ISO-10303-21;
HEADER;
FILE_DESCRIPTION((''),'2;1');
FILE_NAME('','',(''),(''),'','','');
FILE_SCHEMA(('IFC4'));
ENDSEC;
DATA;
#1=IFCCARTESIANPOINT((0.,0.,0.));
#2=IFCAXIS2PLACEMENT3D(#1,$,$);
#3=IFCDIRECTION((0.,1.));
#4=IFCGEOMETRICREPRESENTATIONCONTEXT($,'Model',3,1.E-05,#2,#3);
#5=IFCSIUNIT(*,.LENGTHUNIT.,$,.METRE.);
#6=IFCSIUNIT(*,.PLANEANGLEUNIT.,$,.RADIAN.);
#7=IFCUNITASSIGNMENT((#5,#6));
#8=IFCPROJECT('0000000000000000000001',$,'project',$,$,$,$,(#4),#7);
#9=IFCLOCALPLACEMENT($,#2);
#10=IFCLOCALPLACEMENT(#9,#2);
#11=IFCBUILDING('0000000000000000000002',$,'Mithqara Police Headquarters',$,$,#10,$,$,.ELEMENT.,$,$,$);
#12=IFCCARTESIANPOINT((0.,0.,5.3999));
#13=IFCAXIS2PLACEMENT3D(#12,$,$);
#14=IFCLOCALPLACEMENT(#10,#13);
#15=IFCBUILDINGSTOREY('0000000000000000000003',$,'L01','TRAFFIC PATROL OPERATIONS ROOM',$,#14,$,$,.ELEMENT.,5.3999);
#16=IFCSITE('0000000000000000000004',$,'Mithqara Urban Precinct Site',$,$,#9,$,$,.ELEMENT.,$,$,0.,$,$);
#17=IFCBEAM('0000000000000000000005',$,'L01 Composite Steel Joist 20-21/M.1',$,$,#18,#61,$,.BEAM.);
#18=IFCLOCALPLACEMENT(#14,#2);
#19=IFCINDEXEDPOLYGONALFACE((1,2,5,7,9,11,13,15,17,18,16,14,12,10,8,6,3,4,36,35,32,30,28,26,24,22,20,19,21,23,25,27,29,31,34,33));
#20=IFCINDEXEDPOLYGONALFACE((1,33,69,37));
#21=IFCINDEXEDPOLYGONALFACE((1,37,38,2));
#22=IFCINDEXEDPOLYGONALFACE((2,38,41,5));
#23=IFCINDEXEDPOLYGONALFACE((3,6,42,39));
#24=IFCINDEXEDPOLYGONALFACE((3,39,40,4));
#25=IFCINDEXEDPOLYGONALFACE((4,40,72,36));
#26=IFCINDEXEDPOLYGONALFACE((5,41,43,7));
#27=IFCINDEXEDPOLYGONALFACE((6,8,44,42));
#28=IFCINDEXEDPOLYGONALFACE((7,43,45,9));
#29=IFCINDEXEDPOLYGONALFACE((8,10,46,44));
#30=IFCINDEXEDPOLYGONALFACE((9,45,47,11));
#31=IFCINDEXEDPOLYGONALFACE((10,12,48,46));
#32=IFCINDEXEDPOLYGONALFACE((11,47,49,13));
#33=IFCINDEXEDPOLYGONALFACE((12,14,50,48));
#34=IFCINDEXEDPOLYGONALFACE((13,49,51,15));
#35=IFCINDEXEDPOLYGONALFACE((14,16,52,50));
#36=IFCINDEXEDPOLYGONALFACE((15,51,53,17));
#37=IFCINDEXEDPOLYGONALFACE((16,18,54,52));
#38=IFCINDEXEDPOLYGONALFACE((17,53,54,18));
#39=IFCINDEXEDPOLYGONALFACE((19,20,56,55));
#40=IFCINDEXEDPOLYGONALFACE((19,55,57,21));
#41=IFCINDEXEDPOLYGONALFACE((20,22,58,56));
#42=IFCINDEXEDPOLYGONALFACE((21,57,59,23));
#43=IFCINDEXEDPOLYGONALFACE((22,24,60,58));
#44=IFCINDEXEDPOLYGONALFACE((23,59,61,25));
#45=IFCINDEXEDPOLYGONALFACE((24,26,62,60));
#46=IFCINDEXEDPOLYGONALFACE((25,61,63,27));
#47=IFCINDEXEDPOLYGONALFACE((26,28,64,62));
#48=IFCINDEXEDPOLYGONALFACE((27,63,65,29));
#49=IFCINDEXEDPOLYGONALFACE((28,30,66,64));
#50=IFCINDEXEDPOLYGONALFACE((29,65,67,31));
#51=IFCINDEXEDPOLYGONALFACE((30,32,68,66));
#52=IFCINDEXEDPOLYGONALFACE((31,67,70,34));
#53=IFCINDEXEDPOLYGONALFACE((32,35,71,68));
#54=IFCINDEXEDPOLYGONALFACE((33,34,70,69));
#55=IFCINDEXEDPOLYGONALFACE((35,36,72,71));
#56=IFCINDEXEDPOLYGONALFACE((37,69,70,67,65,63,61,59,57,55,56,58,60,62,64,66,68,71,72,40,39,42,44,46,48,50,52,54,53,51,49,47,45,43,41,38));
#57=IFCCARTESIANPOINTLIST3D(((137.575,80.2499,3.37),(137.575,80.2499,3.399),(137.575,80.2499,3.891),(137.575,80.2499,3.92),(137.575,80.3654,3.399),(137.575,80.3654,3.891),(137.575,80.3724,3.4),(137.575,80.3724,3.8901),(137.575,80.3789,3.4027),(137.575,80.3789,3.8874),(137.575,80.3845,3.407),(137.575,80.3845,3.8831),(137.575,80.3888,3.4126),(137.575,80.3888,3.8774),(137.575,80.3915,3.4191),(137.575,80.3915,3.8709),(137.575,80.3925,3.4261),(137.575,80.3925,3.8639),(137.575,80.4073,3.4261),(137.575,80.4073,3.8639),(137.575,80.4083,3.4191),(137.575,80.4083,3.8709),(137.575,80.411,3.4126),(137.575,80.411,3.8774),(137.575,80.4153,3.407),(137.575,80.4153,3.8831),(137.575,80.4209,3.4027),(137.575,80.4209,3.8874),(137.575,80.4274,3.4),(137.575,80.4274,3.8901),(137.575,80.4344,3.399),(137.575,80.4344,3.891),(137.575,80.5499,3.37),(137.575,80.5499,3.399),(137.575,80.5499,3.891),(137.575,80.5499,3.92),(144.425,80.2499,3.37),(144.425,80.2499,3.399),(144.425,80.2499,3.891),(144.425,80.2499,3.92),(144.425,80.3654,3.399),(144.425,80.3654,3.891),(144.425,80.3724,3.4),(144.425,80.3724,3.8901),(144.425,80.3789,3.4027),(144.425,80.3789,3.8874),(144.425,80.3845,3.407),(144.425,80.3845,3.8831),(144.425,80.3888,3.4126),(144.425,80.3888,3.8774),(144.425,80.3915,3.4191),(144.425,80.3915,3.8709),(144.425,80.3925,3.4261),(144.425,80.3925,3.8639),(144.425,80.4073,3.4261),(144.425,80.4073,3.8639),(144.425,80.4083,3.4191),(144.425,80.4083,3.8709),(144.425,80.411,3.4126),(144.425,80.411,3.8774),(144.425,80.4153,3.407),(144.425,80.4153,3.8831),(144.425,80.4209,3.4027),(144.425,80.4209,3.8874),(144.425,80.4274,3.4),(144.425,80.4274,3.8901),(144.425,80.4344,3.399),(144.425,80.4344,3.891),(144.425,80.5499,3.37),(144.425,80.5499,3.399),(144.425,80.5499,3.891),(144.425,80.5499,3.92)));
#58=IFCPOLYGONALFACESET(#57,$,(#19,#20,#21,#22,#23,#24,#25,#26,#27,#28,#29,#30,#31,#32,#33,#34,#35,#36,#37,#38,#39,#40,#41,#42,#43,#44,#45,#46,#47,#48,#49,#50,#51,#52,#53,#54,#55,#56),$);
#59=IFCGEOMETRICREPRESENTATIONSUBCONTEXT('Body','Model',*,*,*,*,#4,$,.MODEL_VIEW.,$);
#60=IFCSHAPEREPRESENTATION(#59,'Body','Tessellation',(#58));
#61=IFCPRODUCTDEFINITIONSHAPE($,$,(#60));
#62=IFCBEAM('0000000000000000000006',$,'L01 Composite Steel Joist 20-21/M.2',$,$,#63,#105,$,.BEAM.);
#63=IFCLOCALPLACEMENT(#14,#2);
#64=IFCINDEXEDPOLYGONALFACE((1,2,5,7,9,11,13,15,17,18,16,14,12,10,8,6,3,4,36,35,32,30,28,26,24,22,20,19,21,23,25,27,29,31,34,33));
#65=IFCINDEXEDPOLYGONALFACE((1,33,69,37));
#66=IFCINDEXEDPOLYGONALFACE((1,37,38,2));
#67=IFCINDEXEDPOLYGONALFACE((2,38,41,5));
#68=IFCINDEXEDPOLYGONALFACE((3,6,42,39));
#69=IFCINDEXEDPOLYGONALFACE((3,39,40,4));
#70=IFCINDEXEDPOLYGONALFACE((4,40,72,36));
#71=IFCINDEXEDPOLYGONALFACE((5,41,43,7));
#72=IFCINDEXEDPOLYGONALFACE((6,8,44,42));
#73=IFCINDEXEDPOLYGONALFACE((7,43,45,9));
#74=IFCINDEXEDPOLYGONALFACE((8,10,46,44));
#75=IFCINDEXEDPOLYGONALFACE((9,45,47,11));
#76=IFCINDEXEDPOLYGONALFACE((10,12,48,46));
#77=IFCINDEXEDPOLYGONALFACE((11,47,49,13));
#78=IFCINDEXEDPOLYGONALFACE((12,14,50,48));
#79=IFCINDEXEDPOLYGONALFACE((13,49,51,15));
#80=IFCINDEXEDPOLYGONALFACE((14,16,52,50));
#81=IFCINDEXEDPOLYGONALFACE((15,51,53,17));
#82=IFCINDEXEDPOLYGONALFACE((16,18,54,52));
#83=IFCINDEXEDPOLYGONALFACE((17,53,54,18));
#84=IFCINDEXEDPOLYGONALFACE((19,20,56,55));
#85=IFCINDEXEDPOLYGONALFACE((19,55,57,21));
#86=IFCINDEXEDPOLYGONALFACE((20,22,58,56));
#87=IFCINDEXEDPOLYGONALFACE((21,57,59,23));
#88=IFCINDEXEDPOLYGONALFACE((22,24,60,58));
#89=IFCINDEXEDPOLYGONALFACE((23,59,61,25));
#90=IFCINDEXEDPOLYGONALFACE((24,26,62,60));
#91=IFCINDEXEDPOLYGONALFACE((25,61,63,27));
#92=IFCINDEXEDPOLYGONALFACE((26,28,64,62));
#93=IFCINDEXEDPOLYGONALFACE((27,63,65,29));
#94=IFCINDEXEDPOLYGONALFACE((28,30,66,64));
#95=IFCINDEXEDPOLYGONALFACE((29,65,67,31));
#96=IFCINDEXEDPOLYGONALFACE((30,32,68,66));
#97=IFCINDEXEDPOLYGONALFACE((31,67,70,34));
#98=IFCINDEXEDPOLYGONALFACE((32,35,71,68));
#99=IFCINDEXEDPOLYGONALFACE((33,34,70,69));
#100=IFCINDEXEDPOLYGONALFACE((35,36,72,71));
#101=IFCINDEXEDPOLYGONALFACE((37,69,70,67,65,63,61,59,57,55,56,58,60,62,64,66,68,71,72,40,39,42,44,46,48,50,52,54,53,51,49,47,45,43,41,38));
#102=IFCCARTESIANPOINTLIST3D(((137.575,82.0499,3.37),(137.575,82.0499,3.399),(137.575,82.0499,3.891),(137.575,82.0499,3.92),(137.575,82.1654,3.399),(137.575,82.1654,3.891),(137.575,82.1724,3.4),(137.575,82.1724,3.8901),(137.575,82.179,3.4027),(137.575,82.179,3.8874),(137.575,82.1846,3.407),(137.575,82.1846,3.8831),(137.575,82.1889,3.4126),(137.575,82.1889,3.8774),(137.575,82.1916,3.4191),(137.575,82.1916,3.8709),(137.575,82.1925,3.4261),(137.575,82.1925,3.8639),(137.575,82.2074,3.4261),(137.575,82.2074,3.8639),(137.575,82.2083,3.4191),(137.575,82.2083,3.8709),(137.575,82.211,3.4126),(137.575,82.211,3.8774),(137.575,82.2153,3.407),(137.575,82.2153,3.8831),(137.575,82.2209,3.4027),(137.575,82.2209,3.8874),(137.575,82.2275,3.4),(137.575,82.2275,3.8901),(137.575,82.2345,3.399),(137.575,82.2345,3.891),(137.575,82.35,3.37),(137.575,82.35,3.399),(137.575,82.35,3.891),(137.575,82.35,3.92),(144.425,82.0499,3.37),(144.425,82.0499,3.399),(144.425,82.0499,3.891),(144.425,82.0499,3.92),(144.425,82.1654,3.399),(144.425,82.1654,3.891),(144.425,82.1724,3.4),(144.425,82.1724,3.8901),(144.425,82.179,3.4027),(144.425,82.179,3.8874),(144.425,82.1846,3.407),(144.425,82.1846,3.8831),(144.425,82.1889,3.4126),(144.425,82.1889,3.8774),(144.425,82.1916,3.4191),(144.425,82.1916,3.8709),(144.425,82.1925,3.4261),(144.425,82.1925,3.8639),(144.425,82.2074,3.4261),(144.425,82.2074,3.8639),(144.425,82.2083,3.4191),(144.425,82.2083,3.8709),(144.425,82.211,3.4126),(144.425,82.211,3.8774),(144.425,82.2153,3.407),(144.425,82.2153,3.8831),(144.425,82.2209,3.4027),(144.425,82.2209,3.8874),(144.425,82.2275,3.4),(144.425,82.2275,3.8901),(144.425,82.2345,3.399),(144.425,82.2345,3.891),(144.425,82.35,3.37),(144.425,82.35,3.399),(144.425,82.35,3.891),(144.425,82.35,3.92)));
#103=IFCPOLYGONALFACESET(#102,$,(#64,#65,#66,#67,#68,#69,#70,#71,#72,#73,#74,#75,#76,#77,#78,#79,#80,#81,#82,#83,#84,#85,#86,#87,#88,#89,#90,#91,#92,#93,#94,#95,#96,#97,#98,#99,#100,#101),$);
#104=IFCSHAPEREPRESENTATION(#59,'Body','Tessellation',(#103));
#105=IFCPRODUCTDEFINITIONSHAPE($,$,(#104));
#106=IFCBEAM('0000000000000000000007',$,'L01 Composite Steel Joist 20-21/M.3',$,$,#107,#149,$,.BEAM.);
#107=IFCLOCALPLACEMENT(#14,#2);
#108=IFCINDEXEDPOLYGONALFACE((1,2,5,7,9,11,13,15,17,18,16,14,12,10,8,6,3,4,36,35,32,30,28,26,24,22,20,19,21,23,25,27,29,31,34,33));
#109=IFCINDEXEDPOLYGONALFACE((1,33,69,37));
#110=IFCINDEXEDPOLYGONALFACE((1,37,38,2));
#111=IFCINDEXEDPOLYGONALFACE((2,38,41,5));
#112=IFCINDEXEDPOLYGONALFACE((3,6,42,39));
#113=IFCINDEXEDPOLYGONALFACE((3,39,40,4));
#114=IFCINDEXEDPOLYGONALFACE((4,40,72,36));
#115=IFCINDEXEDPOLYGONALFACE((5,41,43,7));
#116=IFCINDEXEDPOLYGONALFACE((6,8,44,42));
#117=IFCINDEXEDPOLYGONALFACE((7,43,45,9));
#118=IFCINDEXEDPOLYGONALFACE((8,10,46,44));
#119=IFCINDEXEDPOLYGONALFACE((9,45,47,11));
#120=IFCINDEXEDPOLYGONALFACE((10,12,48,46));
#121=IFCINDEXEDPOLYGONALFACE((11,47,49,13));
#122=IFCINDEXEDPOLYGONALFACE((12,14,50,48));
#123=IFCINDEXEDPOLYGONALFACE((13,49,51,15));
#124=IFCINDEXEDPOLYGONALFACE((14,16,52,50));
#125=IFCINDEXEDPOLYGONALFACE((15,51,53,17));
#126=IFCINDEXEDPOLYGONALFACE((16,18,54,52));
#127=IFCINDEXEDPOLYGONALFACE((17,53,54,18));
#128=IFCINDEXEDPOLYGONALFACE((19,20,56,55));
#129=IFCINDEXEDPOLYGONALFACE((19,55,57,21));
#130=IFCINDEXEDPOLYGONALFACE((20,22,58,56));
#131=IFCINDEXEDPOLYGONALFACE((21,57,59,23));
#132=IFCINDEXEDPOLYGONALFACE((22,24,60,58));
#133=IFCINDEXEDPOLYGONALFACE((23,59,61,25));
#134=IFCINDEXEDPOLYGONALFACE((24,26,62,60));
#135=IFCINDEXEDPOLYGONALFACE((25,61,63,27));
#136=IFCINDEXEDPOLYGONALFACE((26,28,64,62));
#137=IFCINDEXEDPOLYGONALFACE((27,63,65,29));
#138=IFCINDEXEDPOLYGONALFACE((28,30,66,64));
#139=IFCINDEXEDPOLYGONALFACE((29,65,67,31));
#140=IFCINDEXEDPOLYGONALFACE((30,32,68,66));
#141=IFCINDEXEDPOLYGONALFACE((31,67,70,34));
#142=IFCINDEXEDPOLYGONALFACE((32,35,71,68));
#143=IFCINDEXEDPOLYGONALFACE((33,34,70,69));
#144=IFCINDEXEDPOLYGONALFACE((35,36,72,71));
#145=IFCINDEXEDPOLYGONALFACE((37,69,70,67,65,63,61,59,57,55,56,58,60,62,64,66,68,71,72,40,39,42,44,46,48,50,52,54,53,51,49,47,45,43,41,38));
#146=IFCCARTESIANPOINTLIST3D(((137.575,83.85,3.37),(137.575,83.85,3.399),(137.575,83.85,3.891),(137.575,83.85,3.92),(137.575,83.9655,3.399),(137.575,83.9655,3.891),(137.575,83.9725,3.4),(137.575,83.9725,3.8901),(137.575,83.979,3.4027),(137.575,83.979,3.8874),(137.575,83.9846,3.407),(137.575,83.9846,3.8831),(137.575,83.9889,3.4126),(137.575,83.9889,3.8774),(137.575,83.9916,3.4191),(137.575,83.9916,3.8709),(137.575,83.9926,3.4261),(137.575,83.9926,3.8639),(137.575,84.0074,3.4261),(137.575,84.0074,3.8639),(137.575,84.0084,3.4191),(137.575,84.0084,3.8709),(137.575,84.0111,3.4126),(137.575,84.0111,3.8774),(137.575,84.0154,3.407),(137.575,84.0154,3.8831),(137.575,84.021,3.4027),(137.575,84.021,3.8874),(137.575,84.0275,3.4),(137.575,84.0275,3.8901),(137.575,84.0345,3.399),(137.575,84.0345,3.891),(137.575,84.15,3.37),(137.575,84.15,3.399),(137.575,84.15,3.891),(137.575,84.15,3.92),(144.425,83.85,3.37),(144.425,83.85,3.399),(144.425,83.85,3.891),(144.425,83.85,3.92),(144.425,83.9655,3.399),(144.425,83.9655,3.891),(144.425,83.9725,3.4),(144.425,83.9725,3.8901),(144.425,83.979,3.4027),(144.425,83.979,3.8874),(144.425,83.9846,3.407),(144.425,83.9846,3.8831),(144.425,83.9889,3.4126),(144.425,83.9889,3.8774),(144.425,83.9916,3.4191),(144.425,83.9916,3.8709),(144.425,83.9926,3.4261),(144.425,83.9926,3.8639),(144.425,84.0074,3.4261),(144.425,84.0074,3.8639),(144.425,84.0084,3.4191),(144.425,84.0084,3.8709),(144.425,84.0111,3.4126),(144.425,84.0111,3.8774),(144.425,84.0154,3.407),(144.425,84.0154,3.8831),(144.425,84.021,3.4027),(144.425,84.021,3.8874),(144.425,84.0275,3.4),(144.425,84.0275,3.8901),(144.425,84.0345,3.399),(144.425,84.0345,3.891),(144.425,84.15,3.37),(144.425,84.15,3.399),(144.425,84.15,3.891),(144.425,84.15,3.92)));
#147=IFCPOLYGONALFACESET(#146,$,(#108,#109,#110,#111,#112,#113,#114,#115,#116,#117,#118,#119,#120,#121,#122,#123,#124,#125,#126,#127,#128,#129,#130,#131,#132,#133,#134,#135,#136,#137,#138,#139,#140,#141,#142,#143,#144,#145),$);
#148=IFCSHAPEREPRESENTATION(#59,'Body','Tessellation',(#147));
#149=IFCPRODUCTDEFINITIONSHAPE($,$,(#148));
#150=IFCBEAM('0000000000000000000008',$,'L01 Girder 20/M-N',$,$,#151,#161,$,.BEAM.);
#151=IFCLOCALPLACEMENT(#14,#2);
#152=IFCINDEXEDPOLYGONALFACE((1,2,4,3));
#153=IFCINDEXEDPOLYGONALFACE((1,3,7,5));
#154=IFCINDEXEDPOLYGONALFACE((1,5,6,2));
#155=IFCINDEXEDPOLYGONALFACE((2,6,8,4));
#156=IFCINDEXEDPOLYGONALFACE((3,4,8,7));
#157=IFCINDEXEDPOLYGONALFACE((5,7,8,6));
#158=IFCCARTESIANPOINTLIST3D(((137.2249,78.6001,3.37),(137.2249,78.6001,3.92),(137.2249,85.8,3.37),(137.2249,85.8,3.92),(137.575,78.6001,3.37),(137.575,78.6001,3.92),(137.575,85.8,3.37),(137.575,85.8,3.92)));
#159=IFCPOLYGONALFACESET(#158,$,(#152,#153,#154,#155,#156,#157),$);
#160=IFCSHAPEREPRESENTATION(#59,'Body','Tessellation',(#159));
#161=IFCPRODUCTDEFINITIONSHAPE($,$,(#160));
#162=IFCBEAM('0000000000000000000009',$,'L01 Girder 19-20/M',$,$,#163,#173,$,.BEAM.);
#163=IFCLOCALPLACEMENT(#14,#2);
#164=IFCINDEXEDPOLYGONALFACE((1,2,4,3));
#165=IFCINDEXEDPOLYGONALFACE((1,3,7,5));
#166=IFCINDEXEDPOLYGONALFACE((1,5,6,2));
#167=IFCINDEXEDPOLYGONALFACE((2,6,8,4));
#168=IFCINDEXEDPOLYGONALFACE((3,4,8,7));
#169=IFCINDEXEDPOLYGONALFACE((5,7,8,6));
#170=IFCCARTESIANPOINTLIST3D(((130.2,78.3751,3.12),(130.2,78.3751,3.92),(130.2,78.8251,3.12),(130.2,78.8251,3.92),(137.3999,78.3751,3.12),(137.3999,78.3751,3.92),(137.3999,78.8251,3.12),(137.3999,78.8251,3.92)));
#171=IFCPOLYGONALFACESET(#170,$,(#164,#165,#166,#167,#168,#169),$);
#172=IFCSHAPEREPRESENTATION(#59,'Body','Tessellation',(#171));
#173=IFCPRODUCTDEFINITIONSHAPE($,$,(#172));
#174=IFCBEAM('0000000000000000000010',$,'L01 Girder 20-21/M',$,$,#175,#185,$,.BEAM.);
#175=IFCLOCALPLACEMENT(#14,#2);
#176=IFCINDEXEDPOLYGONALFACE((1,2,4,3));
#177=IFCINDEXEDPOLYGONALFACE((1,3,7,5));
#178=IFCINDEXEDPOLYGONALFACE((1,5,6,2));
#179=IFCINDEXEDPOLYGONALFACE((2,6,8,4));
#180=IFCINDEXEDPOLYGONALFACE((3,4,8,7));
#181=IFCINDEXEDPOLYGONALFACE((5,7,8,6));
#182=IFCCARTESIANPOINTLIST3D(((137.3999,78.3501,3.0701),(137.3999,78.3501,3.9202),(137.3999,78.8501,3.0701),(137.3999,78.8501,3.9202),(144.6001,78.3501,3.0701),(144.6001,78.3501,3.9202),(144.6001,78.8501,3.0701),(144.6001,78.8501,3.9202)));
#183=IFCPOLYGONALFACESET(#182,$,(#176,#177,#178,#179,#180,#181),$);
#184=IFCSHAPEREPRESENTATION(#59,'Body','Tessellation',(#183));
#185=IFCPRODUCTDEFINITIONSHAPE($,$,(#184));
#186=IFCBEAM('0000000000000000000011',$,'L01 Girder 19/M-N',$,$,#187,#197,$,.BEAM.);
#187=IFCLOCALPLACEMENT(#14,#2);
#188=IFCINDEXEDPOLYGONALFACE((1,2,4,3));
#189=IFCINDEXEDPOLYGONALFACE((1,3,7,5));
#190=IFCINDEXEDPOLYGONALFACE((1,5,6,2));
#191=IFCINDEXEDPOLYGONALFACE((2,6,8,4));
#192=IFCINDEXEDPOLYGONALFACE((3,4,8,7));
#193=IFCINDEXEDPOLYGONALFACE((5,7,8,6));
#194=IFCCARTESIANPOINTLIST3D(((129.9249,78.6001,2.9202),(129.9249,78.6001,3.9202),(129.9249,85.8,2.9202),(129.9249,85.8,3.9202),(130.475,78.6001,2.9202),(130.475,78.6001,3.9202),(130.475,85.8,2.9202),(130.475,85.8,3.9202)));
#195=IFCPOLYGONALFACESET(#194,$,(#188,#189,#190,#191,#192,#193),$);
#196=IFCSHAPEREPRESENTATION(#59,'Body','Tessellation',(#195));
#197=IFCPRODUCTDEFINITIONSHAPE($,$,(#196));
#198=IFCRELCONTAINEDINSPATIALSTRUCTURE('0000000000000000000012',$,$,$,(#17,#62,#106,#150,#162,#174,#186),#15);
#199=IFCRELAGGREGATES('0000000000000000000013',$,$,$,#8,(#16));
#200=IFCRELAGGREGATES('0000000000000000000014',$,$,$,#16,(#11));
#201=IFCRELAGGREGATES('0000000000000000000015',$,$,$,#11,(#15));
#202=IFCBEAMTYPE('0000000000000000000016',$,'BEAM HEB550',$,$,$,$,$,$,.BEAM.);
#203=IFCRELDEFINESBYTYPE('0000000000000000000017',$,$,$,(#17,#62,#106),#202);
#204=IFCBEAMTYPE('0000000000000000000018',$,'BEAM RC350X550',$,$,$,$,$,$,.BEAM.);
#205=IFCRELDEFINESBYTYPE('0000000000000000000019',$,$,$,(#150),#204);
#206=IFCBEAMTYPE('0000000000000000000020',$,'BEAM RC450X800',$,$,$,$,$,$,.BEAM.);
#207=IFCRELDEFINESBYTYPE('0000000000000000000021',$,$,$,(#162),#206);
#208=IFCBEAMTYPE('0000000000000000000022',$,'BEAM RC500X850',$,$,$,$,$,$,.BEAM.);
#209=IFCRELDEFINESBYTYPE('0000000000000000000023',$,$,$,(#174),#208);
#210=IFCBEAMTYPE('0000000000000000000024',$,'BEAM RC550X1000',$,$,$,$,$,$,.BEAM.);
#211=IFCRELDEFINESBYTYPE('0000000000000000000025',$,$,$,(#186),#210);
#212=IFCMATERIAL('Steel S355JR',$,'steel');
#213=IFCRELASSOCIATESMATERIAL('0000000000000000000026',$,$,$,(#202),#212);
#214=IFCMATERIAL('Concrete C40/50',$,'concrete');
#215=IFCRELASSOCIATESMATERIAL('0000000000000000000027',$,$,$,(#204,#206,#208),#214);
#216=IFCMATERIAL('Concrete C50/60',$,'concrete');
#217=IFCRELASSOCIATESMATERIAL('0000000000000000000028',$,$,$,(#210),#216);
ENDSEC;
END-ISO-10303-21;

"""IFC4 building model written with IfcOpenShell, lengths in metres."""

from ifc_helpers import new_model, si_unit, direction, frame, origin, origin_2d, place, context, subcontext, project, spatial, rectangle, i_section, extrude, material, material_profile, profile_set, type_object, element, save


model = new_model("IFC4")

# Units and contexts
model_context = context("Model", 3, precision=1e-05, world=origin(), true_north=direction((0.0, 1.0)))
body_context = subcontext(model_context, "Body", "Model", "MODEL_VIEW")
ifc_project = project(units=[si_unit("LENGTHUNIT", "METRE"), si_unit("PLANEANGLEUNIT", "RADIAN")], contexts=[model_context])

# Site, building, storey
site_placement = place(None, origin())
site = spatial("IfcSite", under=ifc_project, at=site_placement, Name="Mithqara Urban Precinct Site", CompositionType="ELEMENT", RefElevation=0.0)
building_placement = place(site_placement, origin())
building = spatial("IfcBuilding", under=site, at=building_placement, Name="Mithqara Police Headquarters", CompositionType="ELEMENT")
storey_placement = place(building_placement, frame((0.0, 0.0, 5.3999)))
storey = spatial("IfcBuildingStorey", under=building, at=storey_placement, Name="L01", Description="TRAFFIC PATROL OPERATIONS ROOM", CompositionType="ELEMENT", Elevation=5.3999)

# Shared definitions
ifc_material_1 = material(Name="Concrete C50/60", Category="concrete")

# Beams
ifc_material_2 = material(Name="Steel S355JR", Category="steel")
ifc_material_profile_1 = material_profile(ifc_material_2, i_section(OverallWidth=0.3, OverallDepth=0.55, WebThickness=0.0149, FlangeThickness=0.0291, FilletRadius=0.0271, at=origin_2d()), Name="HEB 550")
ifc_profile_set_1 = profile_set([ifc_material_profile_1], Name="Steel S355JR")
beam_type_1 = type_object("IfcBeamType", Name="BEAM HEB550", PredefinedType="BEAM", material=ifc_profile_set_1)
for number, where, z_axis, x_axis, name in (
    (1, (137.575, 80.3999, 3.645), (1.0, 0.0, 0.0), (0.0, 1.0, 0.0), "L01 Composite Steel Joist 20-21/M.1"),
    (2, (137.575, 82.2, 3.645), (1.0, 0.0, 0.0), (0.0, 1.0, 0.0), "L01 Composite Steel Joist 20-21/M.2"),
    (3, (137.575, 84.0, 3.645), (1.0, 0.0, 0.0), (0.0, 1.0, 0.0), "L01 Composite Steel Joist 20-21/M.3"),
):
    element("IfcBeam", number, at=place(storey_placement, frame(where, z_axis=z_axis, x_axis=x_axis)), inside=storey, type_object=beam_type_1, Name=name, PredefinedType="BEAM", context=body_context, shape_type="SweptSolid", body=[
        extrude(i_section(OverallWidth=0.3, OverallDepth=0.55, WebThickness=0.0149, FlangeThickness=0.0291, FilletRadius=0.0271, at=origin_2d()), origin(), (0.0, 0.0, 1.0), 6.8501),
    ])
ifc_material_3 = material(Name="Concrete C40/50", Category="concrete")
ifc_material_profile_2 = material_profile(ifc_material_3, rectangle(XDim=0.3501, YDim=0.55, at=origin_2d()), Name="RC 350x550")
ifc_profile_set_2 = profile_set([ifc_material_profile_2], Name="Concrete C40/50")
beam_type_2 = type_object("IfcBeamType", Name="BEAM RC350X550", PredefinedType="BEAM", material=ifc_profile_set_2)
beam_1_placement = place(storey_placement, frame((137.3999, 78.6001, 3.645), z_axis=(0.0, 1.0, 0.0), x_axis=(-1.0, 0.0, 0.0)))
element("IfcBeam", 4, at=beam_1_placement, inside=storey, type_object=beam_type_2, Name="L01 Girder 20/M-N", PredefinedType="BEAM", context=body_context, shape_type="SweptSolid", body=[
    extrude(rectangle(XDim=0.3501, YDim=0.55, at=origin_2d()), origin(), (0.0, 0.0, 1.0), 7.2),
])
ifc_material_profile_3 = material_profile(ifc_material_3, rectangle(XDim=0.45, YDim=0.8, at=origin_2d()), Name="RC 450x800")
ifc_profile_set_3 = profile_set([ifc_material_profile_3], Name="Concrete C40/50")
beam_type_3 = type_object("IfcBeamType", Name="BEAM RC450X800", PredefinedType="BEAM", material=ifc_profile_set_3)
beam_2_placement = place(storey_placement, frame((130.2, 78.6001, 3.52), z_axis=(1.0, 0.0, 0.0), x_axis=(0.0, 1.0, 0.0)))
element("IfcBeam", 5, at=beam_2_placement, inside=storey, type_object=beam_type_3, Name="L01 Girder 19-20/M", PredefinedType="BEAM", context=body_context, shape_type="SweptSolid", body=[
    extrude(rectangle(XDim=0.45, YDim=0.8, at=origin_2d()), origin(), (0.0, 0.0, 1.0), 7.2),
])
ifc_material_profile_4 = material_profile(ifc_material_3, rectangle(XDim=0.5, YDim=0.8501, at=origin_2d()), Name="RC 500x850")
ifc_profile_set_4 = profile_set([ifc_material_profile_4], Name="Concrete C40/50")
beam_type_4 = type_object("IfcBeamType", Name="BEAM RC500X850", PredefinedType="BEAM", material=ifc_profile_set_4)
beam_3_placement = place(storey_placement, frame((137.3999, 78.6001, 3.4951), z_axis=(1.0, 0.0, 0.0), x_axis=(0.0, 1.0, 0.0)))
element("IfcBeam", 6, at=beam_3_placement, inside=storey, type_object=beam_type_4, Name="L01 Girder 20-21/M", PredefinedType="BEAM", context=body_context, shape_type="SweptSolid", body=[
    extrude(rectangle(XDim=0.5, YDim=0.8501, at=origin_2d()), origin(), (0.0, 0.0, 1.0), 7.2002),
])
ifc_material_profile_5 = material_profile(ifc_material_1, rectangle(XDim=0.55, YDim=1.0, at=origin_2d()), Name="RC 550x1000")
ifc_profile_set_5 = profile_set([ifc_material_profile_5], Name="Concrete C50/60")
beam_type_5 = type_object("IfcBeamType", Name="BEAM RC550X1000", PredefinedType="BEAM", material=ifc_profile_set_5)
beam_4_placement = place(storey_placement, frame((130.2, 78.6001, 3.4202), z_axis=(0.0, 1.0, 0.0), x_axis=(-1.0, 0.0, 0.0)))
element("IfcBeam", 7, at=beam_4_placement, inside=storey, type_object=beam_type_5, Name="L01 Girder 19/M-N", PredefinedType="BEAM", context=body_context, shape_type="SweptSolid", body=[
    extrude(rectangle(XDim=0.55, YDim=1.0, at=origin_2d()), origin(), (0.0, 0.0, 1.0), 7.2),
])

save(model, "model.ifc")
